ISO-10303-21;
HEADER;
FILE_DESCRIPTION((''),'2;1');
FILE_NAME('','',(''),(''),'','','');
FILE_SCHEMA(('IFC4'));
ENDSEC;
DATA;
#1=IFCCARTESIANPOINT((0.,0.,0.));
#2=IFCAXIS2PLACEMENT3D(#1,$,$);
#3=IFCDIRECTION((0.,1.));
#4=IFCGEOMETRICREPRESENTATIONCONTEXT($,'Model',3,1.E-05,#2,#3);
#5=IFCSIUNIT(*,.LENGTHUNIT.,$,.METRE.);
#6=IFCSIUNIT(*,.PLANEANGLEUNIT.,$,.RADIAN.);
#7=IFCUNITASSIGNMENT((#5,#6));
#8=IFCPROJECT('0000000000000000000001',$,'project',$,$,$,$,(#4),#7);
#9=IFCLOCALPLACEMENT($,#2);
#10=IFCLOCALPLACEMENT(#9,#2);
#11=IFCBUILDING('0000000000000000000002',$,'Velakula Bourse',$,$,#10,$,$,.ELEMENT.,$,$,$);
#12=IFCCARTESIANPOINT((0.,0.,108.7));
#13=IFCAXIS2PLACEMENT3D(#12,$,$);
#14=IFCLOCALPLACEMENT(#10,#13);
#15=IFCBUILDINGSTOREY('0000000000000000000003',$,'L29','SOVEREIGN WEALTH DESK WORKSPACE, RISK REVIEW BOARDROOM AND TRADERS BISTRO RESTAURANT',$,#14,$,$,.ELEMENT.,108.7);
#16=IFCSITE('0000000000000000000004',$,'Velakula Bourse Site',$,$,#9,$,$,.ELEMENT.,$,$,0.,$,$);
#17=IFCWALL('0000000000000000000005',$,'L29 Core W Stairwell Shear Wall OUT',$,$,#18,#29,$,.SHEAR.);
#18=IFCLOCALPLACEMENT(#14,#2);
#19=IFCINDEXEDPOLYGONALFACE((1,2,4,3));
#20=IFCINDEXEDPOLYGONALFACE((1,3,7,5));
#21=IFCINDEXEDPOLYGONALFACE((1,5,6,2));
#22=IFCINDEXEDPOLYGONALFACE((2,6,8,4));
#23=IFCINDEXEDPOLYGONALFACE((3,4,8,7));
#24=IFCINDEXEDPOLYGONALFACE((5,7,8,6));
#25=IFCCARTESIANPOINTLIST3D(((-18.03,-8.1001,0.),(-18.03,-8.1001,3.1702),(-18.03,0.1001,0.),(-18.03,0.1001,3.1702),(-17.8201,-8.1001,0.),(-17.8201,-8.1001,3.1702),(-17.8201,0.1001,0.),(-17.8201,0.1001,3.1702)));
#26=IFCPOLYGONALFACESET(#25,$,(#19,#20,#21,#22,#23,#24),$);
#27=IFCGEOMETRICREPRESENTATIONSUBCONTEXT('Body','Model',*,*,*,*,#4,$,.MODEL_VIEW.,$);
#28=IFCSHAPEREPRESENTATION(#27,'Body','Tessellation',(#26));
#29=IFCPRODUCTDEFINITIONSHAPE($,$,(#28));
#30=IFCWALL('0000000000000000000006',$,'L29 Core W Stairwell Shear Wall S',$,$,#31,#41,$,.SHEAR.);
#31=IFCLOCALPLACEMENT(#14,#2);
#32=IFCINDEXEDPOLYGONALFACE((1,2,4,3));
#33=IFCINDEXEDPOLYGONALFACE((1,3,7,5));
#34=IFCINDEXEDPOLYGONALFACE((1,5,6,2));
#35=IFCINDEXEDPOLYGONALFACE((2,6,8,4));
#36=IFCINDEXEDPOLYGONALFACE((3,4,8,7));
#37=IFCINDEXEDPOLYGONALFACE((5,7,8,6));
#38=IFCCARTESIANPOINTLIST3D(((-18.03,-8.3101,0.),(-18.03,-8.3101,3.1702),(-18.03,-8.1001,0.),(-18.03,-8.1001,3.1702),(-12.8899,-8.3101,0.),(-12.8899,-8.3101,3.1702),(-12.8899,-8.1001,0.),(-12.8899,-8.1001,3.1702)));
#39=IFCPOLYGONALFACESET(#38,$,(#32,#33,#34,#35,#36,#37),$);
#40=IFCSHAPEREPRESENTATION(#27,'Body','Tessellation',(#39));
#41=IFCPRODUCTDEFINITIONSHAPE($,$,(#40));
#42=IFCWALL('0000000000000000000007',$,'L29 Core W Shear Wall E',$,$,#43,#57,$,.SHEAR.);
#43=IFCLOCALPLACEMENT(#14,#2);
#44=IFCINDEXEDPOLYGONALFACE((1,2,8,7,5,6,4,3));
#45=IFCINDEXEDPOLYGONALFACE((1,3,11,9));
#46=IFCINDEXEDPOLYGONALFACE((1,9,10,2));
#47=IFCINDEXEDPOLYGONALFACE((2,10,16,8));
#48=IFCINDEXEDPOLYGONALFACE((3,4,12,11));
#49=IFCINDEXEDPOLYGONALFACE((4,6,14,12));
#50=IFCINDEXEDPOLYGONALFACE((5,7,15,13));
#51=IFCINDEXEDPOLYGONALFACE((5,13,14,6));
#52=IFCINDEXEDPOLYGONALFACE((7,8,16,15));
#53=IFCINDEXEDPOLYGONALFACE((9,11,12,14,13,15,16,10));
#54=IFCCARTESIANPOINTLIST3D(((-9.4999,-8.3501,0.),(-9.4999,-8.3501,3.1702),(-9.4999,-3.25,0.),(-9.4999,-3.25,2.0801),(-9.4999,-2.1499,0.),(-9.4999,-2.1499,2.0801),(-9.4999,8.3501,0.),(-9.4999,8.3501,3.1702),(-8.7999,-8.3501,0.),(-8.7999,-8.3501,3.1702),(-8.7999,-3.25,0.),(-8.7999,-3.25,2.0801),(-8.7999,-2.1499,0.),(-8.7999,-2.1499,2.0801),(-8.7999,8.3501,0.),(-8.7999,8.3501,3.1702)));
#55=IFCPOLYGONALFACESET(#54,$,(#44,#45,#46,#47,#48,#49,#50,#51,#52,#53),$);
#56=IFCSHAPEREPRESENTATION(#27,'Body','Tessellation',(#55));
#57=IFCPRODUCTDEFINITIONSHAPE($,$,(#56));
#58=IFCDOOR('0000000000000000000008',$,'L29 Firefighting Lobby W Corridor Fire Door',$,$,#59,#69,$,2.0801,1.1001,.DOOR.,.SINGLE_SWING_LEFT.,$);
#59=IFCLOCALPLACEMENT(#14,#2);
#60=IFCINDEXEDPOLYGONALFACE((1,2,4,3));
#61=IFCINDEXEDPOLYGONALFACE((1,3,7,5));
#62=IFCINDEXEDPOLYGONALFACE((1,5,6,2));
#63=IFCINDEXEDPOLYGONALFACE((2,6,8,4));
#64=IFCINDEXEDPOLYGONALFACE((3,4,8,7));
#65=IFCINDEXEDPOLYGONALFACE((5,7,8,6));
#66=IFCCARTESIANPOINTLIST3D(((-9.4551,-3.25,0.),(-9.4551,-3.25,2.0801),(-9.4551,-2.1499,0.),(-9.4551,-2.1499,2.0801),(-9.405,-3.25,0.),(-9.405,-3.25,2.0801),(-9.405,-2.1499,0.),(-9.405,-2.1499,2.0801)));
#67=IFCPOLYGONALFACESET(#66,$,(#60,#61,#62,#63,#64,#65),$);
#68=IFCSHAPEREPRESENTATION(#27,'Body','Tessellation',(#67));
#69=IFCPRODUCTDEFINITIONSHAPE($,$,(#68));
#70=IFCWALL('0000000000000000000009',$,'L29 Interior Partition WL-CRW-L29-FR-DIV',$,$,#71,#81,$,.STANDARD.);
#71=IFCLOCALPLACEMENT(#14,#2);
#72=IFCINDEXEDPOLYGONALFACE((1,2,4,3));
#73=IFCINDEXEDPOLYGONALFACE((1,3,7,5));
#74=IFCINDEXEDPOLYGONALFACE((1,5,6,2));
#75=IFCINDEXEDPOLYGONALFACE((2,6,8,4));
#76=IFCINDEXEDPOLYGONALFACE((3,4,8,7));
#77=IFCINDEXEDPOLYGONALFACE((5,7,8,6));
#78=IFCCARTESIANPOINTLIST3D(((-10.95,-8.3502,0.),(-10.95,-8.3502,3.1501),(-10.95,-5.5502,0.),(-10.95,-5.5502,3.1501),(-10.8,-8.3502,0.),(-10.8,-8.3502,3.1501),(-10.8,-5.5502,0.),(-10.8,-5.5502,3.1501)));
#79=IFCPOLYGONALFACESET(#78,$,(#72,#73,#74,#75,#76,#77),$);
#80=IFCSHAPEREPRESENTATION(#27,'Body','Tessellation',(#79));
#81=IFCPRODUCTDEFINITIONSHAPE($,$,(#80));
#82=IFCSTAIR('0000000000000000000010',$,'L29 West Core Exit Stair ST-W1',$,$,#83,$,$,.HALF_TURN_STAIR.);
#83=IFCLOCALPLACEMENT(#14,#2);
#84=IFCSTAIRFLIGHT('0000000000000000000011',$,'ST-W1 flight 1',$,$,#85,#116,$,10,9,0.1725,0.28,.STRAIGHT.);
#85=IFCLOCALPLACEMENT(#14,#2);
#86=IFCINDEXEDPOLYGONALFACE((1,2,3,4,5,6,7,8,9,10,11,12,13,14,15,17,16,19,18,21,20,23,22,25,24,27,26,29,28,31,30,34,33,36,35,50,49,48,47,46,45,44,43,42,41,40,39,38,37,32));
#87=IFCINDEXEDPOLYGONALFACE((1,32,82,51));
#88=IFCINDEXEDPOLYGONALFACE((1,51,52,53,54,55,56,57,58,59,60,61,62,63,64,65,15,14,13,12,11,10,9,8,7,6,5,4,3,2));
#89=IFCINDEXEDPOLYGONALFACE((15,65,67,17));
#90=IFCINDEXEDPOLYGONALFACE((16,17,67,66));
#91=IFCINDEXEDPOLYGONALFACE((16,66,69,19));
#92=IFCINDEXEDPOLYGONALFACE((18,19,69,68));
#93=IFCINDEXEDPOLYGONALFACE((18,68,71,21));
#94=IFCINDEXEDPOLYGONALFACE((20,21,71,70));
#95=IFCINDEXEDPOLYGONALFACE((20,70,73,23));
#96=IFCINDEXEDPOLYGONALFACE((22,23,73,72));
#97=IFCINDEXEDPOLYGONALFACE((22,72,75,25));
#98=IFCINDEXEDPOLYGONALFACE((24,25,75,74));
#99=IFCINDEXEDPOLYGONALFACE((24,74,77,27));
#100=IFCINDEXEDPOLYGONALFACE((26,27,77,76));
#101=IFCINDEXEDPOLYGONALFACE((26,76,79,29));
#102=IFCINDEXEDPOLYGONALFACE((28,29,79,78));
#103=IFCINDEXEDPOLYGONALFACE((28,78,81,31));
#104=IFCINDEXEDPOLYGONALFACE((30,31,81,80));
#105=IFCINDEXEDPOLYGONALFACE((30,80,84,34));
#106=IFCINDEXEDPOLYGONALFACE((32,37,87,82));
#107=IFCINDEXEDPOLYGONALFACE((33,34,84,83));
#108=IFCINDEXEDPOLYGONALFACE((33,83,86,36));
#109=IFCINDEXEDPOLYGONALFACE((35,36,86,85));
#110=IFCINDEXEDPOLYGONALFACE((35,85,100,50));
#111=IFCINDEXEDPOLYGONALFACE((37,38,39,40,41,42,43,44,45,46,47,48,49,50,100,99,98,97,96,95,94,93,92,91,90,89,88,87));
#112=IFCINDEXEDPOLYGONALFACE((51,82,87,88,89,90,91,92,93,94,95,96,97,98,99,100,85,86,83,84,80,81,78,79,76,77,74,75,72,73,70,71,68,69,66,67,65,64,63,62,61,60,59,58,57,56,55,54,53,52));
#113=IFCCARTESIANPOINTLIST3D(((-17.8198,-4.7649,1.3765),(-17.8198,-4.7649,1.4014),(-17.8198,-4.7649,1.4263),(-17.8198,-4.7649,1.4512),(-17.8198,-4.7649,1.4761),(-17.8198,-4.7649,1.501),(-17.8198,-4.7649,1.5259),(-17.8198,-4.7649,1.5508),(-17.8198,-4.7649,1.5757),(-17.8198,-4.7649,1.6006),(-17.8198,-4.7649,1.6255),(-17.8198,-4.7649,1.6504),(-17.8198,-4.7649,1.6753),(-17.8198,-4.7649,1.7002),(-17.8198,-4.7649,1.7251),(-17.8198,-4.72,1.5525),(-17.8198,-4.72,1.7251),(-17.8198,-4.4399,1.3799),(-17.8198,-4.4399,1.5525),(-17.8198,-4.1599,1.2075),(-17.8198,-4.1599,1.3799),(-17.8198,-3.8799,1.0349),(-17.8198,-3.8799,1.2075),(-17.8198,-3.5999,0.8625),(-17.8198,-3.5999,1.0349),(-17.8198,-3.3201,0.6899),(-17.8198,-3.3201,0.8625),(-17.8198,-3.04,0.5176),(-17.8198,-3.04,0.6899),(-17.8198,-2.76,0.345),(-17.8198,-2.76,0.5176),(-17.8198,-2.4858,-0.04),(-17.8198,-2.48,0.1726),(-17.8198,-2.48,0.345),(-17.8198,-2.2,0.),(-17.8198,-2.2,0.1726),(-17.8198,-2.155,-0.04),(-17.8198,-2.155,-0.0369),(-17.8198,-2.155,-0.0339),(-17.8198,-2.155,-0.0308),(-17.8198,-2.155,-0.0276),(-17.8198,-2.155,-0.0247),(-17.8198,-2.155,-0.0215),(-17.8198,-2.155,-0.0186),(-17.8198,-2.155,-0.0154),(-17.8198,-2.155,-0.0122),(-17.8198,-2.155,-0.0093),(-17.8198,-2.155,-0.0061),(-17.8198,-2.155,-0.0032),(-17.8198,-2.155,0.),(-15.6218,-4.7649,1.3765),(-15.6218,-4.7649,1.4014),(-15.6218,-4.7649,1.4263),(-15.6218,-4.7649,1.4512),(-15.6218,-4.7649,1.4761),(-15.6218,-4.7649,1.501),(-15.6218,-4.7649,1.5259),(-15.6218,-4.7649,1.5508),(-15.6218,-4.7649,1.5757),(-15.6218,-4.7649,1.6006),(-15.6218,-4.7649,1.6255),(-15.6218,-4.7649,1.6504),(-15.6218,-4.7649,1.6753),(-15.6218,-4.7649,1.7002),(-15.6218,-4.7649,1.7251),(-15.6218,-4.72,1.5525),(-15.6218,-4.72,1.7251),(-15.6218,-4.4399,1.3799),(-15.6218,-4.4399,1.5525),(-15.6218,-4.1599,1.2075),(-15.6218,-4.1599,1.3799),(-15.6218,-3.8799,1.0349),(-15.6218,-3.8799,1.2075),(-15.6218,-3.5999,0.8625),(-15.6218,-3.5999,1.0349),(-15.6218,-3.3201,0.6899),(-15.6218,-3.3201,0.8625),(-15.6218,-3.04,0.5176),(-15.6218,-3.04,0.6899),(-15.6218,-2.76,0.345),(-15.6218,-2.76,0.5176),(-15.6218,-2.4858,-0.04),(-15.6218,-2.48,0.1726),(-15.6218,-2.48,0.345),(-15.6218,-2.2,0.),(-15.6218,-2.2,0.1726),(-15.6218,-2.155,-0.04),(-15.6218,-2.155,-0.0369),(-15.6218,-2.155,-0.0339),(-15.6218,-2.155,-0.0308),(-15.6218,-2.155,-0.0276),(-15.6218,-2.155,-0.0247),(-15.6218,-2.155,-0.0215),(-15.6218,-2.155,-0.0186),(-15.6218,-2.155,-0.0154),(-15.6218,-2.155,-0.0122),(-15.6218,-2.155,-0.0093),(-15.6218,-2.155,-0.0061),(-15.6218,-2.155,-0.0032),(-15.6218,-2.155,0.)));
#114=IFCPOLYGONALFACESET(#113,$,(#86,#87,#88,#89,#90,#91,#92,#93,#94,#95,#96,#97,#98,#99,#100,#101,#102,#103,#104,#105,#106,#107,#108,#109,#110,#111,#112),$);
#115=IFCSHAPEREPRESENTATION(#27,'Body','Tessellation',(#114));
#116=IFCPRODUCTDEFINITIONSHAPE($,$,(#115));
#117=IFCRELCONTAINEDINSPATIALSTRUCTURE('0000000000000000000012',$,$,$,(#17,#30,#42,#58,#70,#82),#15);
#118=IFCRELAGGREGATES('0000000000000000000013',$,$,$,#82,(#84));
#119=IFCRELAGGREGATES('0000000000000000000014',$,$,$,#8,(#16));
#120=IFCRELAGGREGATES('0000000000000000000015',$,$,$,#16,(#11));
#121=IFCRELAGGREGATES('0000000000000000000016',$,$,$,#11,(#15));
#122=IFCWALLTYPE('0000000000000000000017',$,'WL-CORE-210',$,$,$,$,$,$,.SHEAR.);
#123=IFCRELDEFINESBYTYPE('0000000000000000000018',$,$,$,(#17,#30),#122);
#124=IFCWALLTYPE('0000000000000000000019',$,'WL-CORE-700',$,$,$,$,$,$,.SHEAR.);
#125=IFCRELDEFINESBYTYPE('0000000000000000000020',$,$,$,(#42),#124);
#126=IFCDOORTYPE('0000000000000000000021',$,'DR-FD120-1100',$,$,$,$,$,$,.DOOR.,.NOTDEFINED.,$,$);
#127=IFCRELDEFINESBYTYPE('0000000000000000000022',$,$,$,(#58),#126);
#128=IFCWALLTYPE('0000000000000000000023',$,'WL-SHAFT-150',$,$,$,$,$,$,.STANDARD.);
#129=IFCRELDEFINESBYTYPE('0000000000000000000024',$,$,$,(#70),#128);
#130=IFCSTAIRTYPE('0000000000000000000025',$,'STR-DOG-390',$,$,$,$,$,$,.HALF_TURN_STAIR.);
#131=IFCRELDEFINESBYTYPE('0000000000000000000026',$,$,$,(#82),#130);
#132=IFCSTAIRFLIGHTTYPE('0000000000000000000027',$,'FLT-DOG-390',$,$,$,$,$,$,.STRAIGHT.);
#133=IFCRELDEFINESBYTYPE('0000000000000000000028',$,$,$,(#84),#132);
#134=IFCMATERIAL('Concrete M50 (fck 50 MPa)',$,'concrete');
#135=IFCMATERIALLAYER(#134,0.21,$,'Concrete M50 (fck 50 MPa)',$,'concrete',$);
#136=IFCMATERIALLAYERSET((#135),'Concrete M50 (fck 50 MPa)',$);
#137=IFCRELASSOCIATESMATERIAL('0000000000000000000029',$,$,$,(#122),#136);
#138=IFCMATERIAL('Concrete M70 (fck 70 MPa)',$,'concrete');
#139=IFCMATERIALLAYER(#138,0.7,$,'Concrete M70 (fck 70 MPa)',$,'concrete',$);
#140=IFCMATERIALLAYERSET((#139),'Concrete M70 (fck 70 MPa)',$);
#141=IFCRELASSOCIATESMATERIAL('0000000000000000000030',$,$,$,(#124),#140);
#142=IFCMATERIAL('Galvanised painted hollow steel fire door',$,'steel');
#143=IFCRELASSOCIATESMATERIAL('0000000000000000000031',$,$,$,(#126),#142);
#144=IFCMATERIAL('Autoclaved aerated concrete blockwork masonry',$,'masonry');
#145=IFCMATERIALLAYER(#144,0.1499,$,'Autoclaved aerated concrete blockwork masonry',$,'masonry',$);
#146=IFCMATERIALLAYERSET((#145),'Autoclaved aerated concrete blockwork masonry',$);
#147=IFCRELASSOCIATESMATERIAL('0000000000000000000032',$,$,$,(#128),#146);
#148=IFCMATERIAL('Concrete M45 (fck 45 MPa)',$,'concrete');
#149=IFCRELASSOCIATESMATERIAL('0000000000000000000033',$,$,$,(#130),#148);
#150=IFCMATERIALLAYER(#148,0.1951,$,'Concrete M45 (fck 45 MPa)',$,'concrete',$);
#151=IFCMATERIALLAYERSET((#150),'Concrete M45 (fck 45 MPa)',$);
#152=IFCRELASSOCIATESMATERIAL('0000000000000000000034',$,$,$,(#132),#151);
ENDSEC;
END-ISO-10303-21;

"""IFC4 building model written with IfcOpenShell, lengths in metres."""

from ifc_helpers import new_model, si_unit, direction, frame, frame_2d, origin, place, context, subcontext, project, spatial, polyline, rectangle, outline, extrude, material, layer, layer_set, type_object, element, fill, aggregate, save


model = new_model("IFC4")

# Units and contexts
model_context = context("Model", 3, precision=1e-05, world=origin(), true_north=direction((0.0, 1.0)))
body_context = subcontext(model_context, "Body", "Model", "MODEL_VIEW")
ifc_project = project(units=[si_unit("LENGTHUNIT", "METRE"), si_unit("PLANEANGLEUNIT", "RADIAN")], contexts=[model_context])

# Site, building, storey
site_placement = place(None, origin())
site = spatial("IfcSite", under=ifc_project, at=site_placement, Name="Velakula Bourse Site", CompositionType="ELEMENT", RefElevation=0.0)
building_placement = place(site_placement, origin())
building = spatial("IfcBuilding", under=site, at=building_placement, Name="Velakula Bourse", CompositionType="ELEMENT")
storey_placement = place(building_placement, frame((0.0, 0.0, 108.7)))
storey = spatial("IfcBuildingStorey", under=building, at=storey_placement, Name="L29", Description="SOVEREIGN WEALTH DESK WORKSPACE, RISK REVIEW BOARDROOM AND TRADERS BISTRO RESTAURANT", CompositionType="ELEMENT", Elevation=108.7)

# Shared definitions
ifc_material_1 = material(Name="Concrete M70 (fck 70 MPa)", Category="concrete")

# Shared definitions
ifc_material_2 = material(Name="Concrete M50 (fck 50 MPa)", Category="concrete")
ifc_layer_1 = layer(ifc_material_2, 0.21, Name="Concrete M50 (fck 50 MPa)", Category="concrete")
ifc_layer_set_1 = layer_set([ifc_layer_1], Name="Concrete M50 (fck 50 MPa)")
wall_type_1 = type_object("IfcWallType", Name="WL-CORE-210", PredefinedType="SHEAR", material=ifc_layer_set_1)
ifc_material_3 = material(Name="Galvanised painted hollow steel fire door", Category="steel")

# Walls
wall_1_placement = place(storey_placement, frame((-17.925, -8.1001, 0.0), z_axis=(0.0, 0.0, 1.0), x_axis=(0.0, 1.0, 0.0)))
element("IfcWall", 1, at=wall_1_placement, inside=storey, type_object=wall_type_1, Name="L29 Core W Stairwell Shear Wall OUT", PredefinedType="SHEAR", context=body_context, shape_type="SweptSolid", body=[
    extrude(rectangle(XDim=8.2002, YDim=0.21, at=frame_2d((4.1001, 0.0))), origin(), (0.0, 0.0, 1.0), 3.1702),
])
wall_2_placement = place(storey_placement, frame((-18.03, -8.2051, 0.0), z_axis=(0.0, 0.0, 1.0), x_axis=(1.0, 0.0, 0.0)))
element("IfcWall", 2, at=wall_2_placement, inside=storey, type_object=wall_type_1, Name="L29 Core W Stairwell Shear Wall S", PredefinedType="SHEAR", context=body_context, shape_type="SweptSolid", body=[
    extrude(rectangle(XDim=5.1401, YDim=0.21, at=frame_2d((2.5701, 0.0))), origin(), (0.0, 0.0, 1.0), 3.1702),
])

# Wall, opening, door
ifc_layer_2 = layer(ifc_material_1, 0.7, Name="Concrete M70 (fck 70 MPa)", Category="concrete")
ifc_layer_set_2 = layer_set([ifc_layer_2], Name="Concrete M70 (fck 70 MPa)")
wall_type_2 = type_object("IfcWallType", Name="WL-CORE-700", PredefinedType="SHEAR", material=ifc_layer_set_2)
wall_3_placement = place(storey_placement, frame((-9.1499, -8.3501, 0.0), z_axis=(0.0, 0.0, 1.0), x_axis=(0.0, 1.0, 0.0)))
wall_3 = element("IfcWall", 3, at=wall_3_placement, inside=storey, type_object=wall_type_2, Name="L29 Core W Shear Wall E", PredefinedType="SHEAR", context=body_context, shape_type="SweptSolid", body=[
    extrude(rectangle(XDim=16.7002, YDim=0.7, at=frame_2d((8.3501, 0.0))), origin(), (0.0, 0.0, 1.0), 3.1702),
])
opening_1_placement = place(wall_3_placement, frame((5.1001, 0.0, 0.0)))
opening_1 = element("IfcOpeningElement", 4, at=opening_1_placement, cuts=wall_3, PredefinedType="OPENING", context=body_context, shape_type="SweptSolid", body=[
    extrude(rectangle(XDim=1.1001, YDim=2.0801, at=frame_2d((0.55, 1.04))), frame((0.0, 0.3599, 0.0), z_axis=(0.0, -1.0, 0.0), x_axis=(1.0, 0.0, 0.0)), (0.0, 0.0, 1.0), 0.72),
])
door_type_1 = type_object("IfcDoorType", Name="DR-FD120-1100", OperationType="NOTDEFINED", PredefinedType="DOOR", material=ifc_material_3)
door_1_placement = place(opening_1_placement, origin())
door_1 = element("IfcDoor", 5, at=door_1_placement, inside=storey, type_object=door_type_1, Name="L29 Firefighting Lobby W Corridor Fire Door", OperationType="SINGLE_SWING_LEFT", OverallHeight=2.0801, OverallWidth=1.1001, PredefinedType="DOOR", context=body_context, shape_type="SweptSolid", body=[
    extrude(rectangle(XDim=1.1001, YDim=2.0801, at=frame_2d((0.55, 1.04))), frame((0.0, 0.3052, 0.0), z_axis=(0.0, -1.0, 0.0), x_axis=(1.0, 0.0, 0.0)), (0.0, 0.0, 1.0), 0.05),
])
fill(opening_1, door_1)

# Shared definitions
ifc_material_4 = material(Name="Autoclaved aerated concrete blockwork masonry", Category="masonry")
ifc_layer_3 = layer(ifc_material_4, 0.1499, Name="Autoclaved aerated concrete blockwork masonry", Category="masonry")
ifc_layer_set_3 = layer_set([ifc_layer_3], Name="Autoclaved aerated concrete blockwork masonry")
wall_type_3 = type_object("IfcWallType", Name="WL-SHAFT-150", PredefinedType="STANDARD", material=ifc_layer_set_3)

# Wall
wall_4_placement = place(storey_placement, frame((-10.875, -8.3501, 0.0), z_axis=(0.0, 0.0, 1.0), x_axis=(0.0, 1.0, 0.0)))
element("IfcWall", 6, at=wall_4_placement, inside=storey, type_object=wall_type_3, Name="L29 Interior Partition WL-CRW-L29-FR-DIV", PredefinedType="STANDARD", context=body_context, shape_type="SweptSolid", body=[
    extrude(rectangle(XDim=2.8, YDim=0.1499, at=frame_2d((1.3999, 0.0))), origin(), (0.0, 0.0, 1.0), 3.1501),
])

# Stair, stair flight
ifc_material_5 = material(Name="Concrete M45 (fck 45 MPa)", Category="concrete")
stair_type = type_object("IfcStairType", Name="STR-DOG-390", PredefinedType="HALF_TURN_STAIR", material=ifc_material_5)
stair_placement = place(storey_placement, origin())
stair = element("IfcStair", 7, at=stair_placement, inside=storey, type_object=stair_type, Name="L29 West Core Exit Stair ST-W1", PredefinedType="HALF_TURN_STAIR")
ifc_layer_4 = layer(ifc_material_5, 0.1951, Name="Concrete M45 (fck 45 MPa)", Category="concrete")
ifc_layer_set_4 = layer_set([ifc_layer_4], Name="Concrete M45 (fck 45 MPa)")
stair_flight_type = type_object("IfcStairFlightType", Name="FLT-DOG-390", PredefinedType="STRAIGHT", material=ifc_layer_set_4)
stair_flight_1_placement = place(storey_placement, frame((-16.7209, -2.2, 0.0), z_axis=(0.0, 0.0, 1.0), x_axis=(0.0, -1.0, 0.0)))
stair_flight_1 = element("IfcStairFlight", 8, at=stair_flight_1_placement, type_object=stair_flight_type, Name="ST-W1 flight 1", NumberOfRisers=10, NumberOfTreads=9, PredefinedType="STRAIGHT", RiserHeight=0.1725, TreadLength=0.28, context=body_context, shape_type="SweptSolid", body=[
    extrude(outline(polyline([(-0.0449, -0.04), (-0.0449, -0.0369), (-0.0449, -0.0339), (-0.0449, -0.0308), (-0.0449, -0.0276), (-0.0449, -0.0247), (-0.0449, -0.0215), (-0.0449, -0.0186), (-0.0449, -0.0154), (-0.0449, -0.0122), (-0.0449, -0.0093), (-0.0449, -0.0061), (-0.0449, -0.0032), (-0.0449, 0.0), (0.0, 0.0), (0.0, 0.1726), (0.28, 0.1726), (0.28, 0.345), (0.5601, 0.345), (0.5601, 0.5176), (0.8401, 0.5176), (0.8401, 0.6899), (1.1201, 0.6899), (1.1201, 0.8625), (1.3999, 0.8625), (1.3999, 1.0349), (1.6799, 1.0349), (1.6799, 1.2075), (1.96, 1.2075), (1.96, 1.3799), (2.24, 1.3799), (2.24, 1.5525), (2.52, 1.5525), (2.52, 1.7251), (2.5649, 1.7251), (2.5649, 1.7002), (2.5649, 1.6753), (2.5649, 1.6504), (2.5649, 1.6255), (2.5649, 1.6006), (2.5649, 1.5757), (2.5649, 1.5508), (2.5649, 1.5259), (2.5649, 1.501), (2.5649, 1.4761), (2.5649, 1.4512), (2.5649, 1.4263), (2.5649, 1.4014), (2.5649, 1.3765), (0.2859, -0.04), (-0.0449, -0.04)])), frame((0.0, 1.0991, 0.0), z_axis=(0.0, -1.0, 0.0), x_axis=(1.0, 0.0, 0.0)), (0.0, 0.0, 1.0), 2.198),
])
aggregate(stair, [stair_flight_1])

save(model, "model.ifc")
